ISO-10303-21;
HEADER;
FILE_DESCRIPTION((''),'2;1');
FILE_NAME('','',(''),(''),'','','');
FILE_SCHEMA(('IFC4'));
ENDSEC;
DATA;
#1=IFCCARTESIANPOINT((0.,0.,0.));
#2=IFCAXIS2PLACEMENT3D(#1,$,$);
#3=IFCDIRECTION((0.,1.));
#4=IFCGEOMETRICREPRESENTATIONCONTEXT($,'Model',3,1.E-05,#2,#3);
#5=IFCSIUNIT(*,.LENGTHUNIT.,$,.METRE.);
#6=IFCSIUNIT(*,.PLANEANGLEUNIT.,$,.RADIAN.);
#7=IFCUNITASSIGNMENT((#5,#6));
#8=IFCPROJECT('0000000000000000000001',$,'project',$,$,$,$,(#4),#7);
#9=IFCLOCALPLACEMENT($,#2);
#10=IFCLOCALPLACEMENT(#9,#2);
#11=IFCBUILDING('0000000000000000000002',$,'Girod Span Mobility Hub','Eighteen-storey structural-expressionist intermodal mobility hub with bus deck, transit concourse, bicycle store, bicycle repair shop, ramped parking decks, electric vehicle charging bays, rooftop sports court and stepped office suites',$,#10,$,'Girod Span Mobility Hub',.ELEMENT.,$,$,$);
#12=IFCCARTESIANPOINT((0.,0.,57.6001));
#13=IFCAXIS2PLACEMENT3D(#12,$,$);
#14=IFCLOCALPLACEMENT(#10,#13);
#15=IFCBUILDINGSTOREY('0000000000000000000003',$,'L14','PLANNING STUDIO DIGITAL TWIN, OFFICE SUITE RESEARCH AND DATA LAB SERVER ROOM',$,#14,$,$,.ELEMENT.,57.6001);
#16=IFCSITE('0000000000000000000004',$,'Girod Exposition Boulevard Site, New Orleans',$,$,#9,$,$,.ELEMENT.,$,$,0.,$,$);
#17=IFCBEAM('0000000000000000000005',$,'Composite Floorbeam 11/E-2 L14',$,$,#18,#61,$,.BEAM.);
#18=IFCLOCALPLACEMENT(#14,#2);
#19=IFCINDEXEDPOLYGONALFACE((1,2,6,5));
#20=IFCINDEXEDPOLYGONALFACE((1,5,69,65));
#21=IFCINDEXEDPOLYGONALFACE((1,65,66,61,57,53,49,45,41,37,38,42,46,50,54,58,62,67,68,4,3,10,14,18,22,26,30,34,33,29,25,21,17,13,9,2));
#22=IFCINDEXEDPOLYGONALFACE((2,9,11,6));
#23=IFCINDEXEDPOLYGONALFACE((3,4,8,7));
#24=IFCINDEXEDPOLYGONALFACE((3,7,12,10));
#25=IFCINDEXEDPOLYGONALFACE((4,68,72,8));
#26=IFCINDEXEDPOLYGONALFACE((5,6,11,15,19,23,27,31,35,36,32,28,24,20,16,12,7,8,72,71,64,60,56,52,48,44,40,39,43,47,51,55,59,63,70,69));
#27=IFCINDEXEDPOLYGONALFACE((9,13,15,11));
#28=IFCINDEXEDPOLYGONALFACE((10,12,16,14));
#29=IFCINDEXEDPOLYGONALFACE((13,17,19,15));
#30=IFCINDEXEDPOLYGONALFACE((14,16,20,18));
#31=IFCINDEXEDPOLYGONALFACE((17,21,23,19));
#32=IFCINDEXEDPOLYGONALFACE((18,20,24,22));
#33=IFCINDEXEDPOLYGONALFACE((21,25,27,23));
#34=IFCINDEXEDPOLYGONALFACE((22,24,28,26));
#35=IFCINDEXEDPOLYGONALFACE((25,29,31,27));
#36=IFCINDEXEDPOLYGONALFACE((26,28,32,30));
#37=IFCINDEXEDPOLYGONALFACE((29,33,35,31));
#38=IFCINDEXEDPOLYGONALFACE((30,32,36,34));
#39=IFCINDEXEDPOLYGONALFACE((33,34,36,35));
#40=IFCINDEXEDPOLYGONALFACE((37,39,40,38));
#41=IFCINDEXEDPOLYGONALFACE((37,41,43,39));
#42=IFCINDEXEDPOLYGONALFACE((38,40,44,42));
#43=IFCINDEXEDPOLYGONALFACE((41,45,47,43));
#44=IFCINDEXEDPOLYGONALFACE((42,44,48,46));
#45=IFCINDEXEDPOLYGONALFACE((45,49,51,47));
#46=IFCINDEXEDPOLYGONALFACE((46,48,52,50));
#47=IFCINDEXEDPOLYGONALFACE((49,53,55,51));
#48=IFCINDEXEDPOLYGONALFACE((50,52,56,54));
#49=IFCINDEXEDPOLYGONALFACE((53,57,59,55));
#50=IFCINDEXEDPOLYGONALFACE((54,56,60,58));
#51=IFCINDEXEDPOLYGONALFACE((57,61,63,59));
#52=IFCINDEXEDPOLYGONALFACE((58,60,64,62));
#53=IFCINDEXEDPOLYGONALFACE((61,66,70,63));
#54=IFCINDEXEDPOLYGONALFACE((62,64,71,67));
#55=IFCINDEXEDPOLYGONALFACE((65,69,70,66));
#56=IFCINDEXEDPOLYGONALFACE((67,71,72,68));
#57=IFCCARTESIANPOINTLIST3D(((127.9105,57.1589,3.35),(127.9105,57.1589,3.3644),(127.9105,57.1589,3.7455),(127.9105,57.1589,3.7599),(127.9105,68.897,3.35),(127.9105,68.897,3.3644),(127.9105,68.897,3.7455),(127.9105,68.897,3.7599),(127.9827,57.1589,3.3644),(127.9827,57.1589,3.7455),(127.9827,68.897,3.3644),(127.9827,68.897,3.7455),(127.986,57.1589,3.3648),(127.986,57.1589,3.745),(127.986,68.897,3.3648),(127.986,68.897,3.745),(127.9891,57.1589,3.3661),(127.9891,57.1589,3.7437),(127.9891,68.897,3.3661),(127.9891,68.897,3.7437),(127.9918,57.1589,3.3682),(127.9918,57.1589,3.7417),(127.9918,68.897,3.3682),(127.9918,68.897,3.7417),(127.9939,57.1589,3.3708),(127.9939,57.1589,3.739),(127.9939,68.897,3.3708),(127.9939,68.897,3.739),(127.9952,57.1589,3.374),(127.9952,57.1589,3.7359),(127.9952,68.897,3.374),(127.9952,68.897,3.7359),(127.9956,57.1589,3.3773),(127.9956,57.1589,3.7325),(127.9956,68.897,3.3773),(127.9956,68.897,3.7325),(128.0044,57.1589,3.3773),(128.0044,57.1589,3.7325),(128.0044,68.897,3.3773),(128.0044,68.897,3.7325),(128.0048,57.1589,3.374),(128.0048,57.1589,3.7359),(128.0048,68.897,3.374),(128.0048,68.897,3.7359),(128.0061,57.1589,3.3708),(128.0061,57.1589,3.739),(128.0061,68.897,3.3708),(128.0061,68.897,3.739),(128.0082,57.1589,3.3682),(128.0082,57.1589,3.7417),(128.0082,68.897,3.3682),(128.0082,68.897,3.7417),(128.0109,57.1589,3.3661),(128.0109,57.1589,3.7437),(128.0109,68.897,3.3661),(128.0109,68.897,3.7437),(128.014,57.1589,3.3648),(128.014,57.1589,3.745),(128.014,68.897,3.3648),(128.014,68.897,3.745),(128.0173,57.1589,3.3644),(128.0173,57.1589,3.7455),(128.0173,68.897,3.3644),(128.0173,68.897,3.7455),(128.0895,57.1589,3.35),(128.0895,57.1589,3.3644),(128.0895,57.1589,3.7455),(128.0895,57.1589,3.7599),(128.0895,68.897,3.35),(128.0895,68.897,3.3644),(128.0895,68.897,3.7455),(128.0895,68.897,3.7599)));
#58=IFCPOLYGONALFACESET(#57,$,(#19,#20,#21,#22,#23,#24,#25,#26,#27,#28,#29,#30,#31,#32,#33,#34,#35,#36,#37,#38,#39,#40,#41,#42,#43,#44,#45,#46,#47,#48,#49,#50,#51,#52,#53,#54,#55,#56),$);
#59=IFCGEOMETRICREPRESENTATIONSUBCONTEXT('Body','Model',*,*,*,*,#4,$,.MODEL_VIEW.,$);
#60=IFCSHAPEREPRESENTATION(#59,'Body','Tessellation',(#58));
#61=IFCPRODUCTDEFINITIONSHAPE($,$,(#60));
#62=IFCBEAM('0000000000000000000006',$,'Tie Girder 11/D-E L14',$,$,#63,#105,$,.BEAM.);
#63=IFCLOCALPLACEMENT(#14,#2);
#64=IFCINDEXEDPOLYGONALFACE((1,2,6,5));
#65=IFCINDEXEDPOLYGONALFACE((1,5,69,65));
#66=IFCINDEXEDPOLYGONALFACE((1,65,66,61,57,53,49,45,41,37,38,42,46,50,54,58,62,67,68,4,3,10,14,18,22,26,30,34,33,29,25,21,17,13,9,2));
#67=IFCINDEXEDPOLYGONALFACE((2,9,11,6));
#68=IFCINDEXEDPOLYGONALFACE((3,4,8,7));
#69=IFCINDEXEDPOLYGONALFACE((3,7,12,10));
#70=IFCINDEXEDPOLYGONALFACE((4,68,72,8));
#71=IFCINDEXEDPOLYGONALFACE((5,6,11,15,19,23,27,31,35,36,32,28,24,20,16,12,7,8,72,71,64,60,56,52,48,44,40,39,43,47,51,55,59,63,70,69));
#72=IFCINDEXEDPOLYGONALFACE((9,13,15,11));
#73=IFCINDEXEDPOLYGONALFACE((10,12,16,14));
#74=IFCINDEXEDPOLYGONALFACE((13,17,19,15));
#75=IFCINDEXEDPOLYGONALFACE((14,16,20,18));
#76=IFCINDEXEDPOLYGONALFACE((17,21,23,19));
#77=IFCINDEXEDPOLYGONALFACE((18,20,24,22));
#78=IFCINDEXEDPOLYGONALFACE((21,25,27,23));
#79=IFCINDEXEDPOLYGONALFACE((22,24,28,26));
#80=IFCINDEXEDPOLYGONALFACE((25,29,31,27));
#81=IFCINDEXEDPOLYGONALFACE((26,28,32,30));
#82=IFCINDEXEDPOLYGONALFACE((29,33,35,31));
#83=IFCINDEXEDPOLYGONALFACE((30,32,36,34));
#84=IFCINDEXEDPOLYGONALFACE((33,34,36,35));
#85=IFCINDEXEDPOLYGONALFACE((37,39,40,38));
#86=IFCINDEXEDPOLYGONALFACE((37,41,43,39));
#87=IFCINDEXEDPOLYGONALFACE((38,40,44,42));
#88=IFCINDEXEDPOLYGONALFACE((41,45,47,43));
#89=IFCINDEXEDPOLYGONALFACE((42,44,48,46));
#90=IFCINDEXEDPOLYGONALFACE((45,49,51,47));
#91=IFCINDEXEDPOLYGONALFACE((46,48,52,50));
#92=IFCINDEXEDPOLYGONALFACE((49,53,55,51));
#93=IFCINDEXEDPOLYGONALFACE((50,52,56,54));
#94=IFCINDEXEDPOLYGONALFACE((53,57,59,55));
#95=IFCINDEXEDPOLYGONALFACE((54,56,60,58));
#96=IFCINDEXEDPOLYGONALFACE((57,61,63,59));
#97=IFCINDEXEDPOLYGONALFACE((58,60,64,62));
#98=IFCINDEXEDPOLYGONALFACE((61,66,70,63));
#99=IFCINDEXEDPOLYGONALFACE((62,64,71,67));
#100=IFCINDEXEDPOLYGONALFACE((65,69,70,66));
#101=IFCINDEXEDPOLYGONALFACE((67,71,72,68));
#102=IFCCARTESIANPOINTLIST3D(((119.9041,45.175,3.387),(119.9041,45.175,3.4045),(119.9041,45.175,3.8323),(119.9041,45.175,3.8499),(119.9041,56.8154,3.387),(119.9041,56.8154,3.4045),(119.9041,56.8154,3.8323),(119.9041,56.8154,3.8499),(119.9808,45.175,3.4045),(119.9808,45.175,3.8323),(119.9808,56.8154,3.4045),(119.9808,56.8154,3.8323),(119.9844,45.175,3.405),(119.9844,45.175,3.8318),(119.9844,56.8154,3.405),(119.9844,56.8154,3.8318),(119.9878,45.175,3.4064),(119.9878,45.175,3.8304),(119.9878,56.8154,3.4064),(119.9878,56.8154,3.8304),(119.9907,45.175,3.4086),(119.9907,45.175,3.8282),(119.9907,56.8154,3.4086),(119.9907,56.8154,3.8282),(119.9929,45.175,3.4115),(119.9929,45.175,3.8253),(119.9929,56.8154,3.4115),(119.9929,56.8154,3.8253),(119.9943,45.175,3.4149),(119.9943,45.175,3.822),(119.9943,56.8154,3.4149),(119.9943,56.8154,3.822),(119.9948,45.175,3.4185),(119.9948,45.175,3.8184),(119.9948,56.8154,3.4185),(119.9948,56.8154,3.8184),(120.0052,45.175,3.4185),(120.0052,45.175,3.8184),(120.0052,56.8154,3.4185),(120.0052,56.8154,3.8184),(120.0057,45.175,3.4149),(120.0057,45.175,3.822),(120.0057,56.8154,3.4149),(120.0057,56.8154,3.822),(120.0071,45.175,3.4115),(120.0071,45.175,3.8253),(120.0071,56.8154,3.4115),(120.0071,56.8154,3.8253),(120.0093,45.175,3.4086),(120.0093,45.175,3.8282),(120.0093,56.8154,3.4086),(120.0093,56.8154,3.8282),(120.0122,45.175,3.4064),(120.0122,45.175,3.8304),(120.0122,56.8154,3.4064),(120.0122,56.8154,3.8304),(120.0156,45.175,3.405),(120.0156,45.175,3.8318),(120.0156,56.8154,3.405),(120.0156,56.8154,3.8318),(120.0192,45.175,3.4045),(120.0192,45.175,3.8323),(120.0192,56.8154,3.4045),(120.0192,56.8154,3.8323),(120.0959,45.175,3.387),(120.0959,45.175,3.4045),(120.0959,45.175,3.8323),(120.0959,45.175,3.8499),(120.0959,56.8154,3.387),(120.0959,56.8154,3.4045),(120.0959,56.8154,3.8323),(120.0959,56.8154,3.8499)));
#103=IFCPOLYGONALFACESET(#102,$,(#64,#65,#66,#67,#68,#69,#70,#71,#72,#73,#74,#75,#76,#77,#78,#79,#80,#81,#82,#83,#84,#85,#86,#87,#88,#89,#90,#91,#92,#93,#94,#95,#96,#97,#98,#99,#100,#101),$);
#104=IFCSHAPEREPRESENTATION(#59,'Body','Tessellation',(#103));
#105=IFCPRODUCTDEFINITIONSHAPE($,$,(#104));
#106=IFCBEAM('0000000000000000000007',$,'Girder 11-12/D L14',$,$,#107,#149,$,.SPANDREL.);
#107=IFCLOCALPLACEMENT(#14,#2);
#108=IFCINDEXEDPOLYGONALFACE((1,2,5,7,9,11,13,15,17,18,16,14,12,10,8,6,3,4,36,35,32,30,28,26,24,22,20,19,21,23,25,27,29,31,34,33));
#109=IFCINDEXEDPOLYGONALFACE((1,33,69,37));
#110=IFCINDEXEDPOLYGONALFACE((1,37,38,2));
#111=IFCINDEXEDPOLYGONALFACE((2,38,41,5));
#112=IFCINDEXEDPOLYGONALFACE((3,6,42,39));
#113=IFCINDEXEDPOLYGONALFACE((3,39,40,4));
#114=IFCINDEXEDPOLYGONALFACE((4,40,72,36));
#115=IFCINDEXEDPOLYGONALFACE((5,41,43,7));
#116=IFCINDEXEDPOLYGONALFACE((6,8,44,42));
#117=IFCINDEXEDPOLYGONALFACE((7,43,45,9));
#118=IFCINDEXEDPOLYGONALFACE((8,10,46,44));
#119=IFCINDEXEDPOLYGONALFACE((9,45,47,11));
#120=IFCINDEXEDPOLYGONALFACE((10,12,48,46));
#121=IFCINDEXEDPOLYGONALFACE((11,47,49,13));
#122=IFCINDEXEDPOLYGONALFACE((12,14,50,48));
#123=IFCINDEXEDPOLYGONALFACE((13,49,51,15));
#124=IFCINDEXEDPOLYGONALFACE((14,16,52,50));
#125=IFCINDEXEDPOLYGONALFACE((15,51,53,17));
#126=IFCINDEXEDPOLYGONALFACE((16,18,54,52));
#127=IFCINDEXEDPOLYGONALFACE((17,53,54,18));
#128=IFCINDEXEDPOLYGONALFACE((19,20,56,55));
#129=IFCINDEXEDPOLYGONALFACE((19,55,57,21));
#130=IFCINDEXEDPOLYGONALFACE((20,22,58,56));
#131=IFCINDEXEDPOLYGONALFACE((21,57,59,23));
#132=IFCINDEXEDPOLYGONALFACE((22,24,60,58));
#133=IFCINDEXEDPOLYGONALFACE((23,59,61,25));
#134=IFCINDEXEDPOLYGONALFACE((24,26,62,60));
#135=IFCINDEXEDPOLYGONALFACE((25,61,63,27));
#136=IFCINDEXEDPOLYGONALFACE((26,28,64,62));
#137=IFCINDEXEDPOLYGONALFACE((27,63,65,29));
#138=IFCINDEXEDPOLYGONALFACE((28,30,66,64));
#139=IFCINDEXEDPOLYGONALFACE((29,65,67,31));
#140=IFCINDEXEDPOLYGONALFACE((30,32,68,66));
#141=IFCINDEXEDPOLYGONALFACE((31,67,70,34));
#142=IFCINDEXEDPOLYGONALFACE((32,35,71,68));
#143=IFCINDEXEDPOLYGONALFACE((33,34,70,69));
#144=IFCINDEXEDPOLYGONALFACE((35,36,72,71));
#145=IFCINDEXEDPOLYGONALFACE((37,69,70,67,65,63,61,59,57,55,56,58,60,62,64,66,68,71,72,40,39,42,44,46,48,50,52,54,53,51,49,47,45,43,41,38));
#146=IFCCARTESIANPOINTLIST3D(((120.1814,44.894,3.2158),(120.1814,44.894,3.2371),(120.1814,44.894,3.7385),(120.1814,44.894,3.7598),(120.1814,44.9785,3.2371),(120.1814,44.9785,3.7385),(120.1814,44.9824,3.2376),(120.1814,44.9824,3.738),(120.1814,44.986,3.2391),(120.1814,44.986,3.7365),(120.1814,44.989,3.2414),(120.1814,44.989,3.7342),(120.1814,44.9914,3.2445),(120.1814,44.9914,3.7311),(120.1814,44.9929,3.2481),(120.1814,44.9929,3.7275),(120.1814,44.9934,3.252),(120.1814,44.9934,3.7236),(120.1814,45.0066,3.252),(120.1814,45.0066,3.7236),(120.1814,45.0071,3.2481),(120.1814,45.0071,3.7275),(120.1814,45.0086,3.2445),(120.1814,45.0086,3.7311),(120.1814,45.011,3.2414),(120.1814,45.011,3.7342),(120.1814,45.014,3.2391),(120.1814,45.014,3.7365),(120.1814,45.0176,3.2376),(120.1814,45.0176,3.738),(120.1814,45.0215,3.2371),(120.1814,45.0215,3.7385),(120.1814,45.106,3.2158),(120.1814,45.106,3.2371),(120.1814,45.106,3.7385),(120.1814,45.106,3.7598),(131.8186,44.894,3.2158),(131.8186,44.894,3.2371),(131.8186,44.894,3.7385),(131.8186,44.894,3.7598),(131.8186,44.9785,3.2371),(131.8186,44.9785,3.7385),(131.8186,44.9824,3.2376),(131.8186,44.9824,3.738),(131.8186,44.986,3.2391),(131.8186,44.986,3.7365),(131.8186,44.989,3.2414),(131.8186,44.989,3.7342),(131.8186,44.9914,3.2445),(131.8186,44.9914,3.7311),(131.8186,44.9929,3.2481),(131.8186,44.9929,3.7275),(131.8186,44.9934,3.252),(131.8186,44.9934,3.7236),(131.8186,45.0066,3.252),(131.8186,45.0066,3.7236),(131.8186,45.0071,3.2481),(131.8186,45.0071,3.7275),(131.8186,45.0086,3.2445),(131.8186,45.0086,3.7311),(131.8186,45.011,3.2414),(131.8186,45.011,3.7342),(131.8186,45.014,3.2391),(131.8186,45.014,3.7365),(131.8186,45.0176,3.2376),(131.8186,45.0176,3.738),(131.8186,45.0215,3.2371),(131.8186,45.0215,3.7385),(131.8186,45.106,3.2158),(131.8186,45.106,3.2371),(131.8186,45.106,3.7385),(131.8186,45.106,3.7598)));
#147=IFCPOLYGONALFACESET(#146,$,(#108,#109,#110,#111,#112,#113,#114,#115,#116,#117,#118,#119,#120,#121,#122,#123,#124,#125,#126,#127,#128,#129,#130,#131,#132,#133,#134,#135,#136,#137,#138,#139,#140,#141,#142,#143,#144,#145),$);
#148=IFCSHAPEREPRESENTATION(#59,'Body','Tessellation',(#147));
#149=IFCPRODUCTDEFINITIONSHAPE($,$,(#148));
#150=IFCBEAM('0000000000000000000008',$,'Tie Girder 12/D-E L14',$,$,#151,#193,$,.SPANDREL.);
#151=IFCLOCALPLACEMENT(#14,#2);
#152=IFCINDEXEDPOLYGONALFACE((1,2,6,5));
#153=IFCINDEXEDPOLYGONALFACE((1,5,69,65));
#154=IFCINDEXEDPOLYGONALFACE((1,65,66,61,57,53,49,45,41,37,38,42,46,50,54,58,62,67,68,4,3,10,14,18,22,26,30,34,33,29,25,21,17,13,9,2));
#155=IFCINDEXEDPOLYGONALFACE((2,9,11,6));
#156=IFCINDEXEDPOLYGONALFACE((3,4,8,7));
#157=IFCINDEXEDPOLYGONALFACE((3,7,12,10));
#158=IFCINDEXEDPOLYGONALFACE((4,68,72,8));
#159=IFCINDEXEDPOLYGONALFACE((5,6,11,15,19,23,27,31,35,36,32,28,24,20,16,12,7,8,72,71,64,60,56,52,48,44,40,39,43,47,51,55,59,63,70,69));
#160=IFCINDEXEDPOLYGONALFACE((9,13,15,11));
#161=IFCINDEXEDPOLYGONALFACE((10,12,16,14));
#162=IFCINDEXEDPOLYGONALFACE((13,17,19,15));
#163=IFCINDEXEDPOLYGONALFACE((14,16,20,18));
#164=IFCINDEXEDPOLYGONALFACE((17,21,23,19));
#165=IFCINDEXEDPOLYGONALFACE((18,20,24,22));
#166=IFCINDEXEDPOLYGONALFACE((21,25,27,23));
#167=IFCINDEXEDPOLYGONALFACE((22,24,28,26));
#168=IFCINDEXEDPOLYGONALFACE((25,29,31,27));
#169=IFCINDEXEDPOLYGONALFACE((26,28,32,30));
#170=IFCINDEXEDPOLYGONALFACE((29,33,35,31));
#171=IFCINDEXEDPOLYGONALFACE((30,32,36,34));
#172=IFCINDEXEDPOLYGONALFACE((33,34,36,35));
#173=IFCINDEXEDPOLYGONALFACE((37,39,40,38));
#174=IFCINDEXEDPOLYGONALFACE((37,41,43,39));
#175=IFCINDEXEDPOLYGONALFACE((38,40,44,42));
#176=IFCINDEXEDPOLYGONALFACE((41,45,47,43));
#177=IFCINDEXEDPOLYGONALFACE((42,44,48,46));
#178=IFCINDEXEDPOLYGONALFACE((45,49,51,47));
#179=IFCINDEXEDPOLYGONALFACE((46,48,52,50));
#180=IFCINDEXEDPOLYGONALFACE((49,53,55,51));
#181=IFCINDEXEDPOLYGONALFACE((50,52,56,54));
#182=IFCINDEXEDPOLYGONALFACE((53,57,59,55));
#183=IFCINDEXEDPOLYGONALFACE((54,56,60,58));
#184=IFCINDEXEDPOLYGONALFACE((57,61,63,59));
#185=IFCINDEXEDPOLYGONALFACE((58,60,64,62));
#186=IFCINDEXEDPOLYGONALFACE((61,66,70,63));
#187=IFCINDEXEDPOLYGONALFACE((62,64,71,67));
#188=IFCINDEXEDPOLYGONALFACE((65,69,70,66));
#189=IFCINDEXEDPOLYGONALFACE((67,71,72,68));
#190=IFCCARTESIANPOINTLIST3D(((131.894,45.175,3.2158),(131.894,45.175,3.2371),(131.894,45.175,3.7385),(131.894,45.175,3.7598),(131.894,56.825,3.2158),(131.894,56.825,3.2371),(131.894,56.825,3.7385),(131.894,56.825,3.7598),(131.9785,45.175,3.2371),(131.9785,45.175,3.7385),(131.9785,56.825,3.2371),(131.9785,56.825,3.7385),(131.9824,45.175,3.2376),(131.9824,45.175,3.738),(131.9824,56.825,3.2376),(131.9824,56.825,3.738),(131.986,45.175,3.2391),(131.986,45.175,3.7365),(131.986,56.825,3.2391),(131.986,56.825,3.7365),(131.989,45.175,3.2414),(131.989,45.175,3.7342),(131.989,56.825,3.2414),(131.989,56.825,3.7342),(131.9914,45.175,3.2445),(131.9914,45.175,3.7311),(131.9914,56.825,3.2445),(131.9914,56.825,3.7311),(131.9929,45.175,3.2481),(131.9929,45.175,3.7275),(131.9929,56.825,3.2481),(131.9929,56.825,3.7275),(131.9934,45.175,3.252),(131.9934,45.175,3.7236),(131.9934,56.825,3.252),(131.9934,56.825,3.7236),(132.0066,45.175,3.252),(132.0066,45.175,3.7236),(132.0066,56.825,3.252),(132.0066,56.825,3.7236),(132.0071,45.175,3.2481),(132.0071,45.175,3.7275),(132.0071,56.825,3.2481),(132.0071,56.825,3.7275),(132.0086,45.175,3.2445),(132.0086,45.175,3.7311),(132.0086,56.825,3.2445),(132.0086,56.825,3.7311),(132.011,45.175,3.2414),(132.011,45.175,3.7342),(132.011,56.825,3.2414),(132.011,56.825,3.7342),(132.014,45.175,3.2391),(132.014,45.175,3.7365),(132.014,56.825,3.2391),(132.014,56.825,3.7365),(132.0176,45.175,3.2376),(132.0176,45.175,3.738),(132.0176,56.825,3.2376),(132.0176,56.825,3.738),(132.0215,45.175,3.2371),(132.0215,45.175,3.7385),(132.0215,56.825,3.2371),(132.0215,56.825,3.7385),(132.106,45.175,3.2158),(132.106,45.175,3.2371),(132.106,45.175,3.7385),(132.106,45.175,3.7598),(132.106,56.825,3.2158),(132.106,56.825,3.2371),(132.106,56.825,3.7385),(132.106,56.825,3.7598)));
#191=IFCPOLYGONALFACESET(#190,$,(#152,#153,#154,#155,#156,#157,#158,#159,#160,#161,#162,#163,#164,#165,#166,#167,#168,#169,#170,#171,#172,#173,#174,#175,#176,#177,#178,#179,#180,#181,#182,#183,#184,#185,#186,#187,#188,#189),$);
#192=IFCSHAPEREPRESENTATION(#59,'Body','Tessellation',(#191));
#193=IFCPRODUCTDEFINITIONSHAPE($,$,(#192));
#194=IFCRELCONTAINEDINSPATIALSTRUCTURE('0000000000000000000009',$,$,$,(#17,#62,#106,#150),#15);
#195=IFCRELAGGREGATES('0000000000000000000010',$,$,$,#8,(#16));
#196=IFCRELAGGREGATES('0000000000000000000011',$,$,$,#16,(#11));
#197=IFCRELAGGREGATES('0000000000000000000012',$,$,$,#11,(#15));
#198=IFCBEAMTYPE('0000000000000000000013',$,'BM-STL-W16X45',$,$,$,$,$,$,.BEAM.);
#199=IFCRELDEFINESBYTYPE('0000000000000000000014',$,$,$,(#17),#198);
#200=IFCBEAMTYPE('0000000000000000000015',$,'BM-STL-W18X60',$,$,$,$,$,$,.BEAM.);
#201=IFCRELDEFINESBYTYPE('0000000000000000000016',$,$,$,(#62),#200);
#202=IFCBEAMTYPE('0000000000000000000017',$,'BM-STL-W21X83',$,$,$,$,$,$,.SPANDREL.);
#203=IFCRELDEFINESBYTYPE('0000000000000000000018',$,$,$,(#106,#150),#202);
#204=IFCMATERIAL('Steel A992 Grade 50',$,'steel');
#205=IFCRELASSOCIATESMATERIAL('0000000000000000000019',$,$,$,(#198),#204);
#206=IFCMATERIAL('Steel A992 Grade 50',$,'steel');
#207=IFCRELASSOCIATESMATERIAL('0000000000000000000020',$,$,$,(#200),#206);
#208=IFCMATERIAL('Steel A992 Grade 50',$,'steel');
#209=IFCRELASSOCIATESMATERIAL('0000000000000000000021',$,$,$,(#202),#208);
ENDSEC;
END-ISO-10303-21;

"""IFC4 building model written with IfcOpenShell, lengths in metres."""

from ifc_helpers import new_model, si_unit, direction, frame, origin, origin_2d, place, context, subcontext, project, spatial, i_section, extrude, material, material_profile, profile_set, type_object, element, save


model = new_model("IFC4")

# Units and contexts
model_context = context("Model", 3, precision=1e-05, world=origin(), true_north=direction((0.0, 1.0)))
body_context = subcontext(model_context, "Body", "Model", "MODEL_VIEW")
ifc_project = project(units=[si_unit("LENGTHUNIT", "METRE"), si_unit("PLANEANGLEUNIT", "RADIAN")], contexts=[model_context])

# Site, building, storey
site_placement = place(None, origin())
site = spatial("IfcSite", under=ifc_project, at=site_placement, Name="Girod Exposition Boulevard Site, New Orleans", CompositionType="ELEMENT", RefElevation=0.0)
building_placement = place(site_placement, origin())
building = spatial("IfcBuilding", under=site, at=building_placement, Name="Girod Span Mobility Hub", Description="Eighteen-storey structural-expressionist intermodal mobility hub with bus deck, transit concourse, bicycle store, bicycle repair shop, ramped parking decks, electric vehicle charging bays, rooftop sports court and stepped office suites", LongName="Girod Span Mobility Hub", CompositionType="ELEMENT")
storey_placement = place(building_placement, frame((0.0, 0.0, 57.6001)))
storey = spatial("IfcBuildingStorey", under=building, at=storey_placement, Name="L14", Description="PLANNING STUDIO DIGITAL TWIN, OFFICE SUITE RESEARCH AND DATA LAB SERVER ROOM", CompositionType="ELEMENT", Elevation=57.6001)

# Beams
ifc_material_1 = material(Name="Steel A992 Grade 50", Category="steel")
ifc_material_profile_1 = material_profile(ifc_material_1, i_section(OverallWidth=0.179, OverallDepth=0.4099, WebThickness=0.0088, FlangeThickness=0.0144, FilletRadius=0.0129, at=origin_2d()), Name="W16X45")
ifc_profile_set_1 = profile_set([ifc_material_profile_1], Name="Steel A992 Grade 50")
beam_type_1 = type_object("IfcBeamType", Name="BM-STL-W16X45", PredefinedType="BEAM", material=ifc_profile_set_1)
for number, where, z_axis, x_axis, name in (
    (1, (128.0, 57.1589, 3.5549), (0.0, 1.0, 0.0), (-1.0, 0.0, 0.0), "Composite Floorbeam 11/E-2 L14"),
):
    element("IfcBeam", number, at=place(storey_placement, frame(where, z_axis=z_axis, x_axis=x_axis)), inside=storey, type_object=beam_type_1, Name=name, PredefinedType="BEAM", context=body_context, shape_type="SweptSolid", body=[
        extrude(i_section(OverallWidth=0.179, OverallDepth=0.4099, WebThickness=0.0088, FlangeThickness=0.0144, FilletRadius=0.0129, at=origin_2d()), origin(), (0.0, 0.0, 1.0), 11.738),
    ])
ifc_material_2 = material(Name="Steel A992 Grade 50", Category="steel")
ifc_material_profile_2 = material_profile(ifc_material_2, i_section(OverallWidth=0.1919, OverallDepth=0.4629, WebThickness=0.0105, FlangeThickness=0.0176, FilletRadius=0.0139, at=origin_2d()), Name="W18X60")
ifc_profile_set_2 = profile_set([ifc_material_profile_2], Name="Steel A992 Grade 50")
beam_type_2 = type_object("IfcBeamType", Name="BM-STL-W18X60", PredefinedType="BEAM", material=ifc_profile_set_2)
beam_1_placement = place(storey_placement, frame((120.0, 45.175, 3.6184), z_axis=(0.0, 1.0, 0.0), x_axis=(-1.0, 0.0, 0.0)))
element("IfcBeam", 2, at=beam_1_placement, inside=storey, type_object=beam_type_2, Name="Tie Girder 11/D-E L14", PredefinedType="BEAM", context=body_context, shape_type="SweptSolid", body=[
    extrude(i_section(OverallWidth=0.1919, OverallDepth=0.4629, WebThickness=0.0105, FlangeThickness=0.0176, FilletRadius=0.0139, at=origin_2d()), origin(), (0.0, 0.0, 1.0), 11.6404),
])
ifc_material_3 = material(Name="Steel A992 Grade 50", Category="steel")
ifc_material_profile_3 = material_profile(ifc_material_3, i_section(OverallWidth=0.2119, OverallDepth=0.5439, WebThickness=0.0132, FlangeThickness=0.0212, FilletRadius=0.0149, at=origin_2d()), Name="W21X83")
ifc_profile_set_3 = profile_set([ifc_material_profile_3], Name="Steel A992 Grade 50")
beam_type_3 = type_object("IfcBeamType", Name="BM-STL-W21X83", PredefinedType="SPANDREL", material=ifc_profile_set_3)
beam_2_placement = place(storey_placement, frame((120.1814, 45.0, 3.4878), z_axis=(1.0, 0.0, 0.0), x_axis=(0.0, 1.0, 0.0)))
element("IfcBeam", 3, at=beam_2_placement, inside=storey, type_object=beam_type_3, Name="Girder 11-12/D L14", PredefinedType="SPANDREL", context=body_context, shape_type="SweptSolid", body=[
    extrude(i_section(OverallWidth=0.2119, OverallDepth=0.5439, WebThickness=0.0132, FlangeThickness=0.0212, FilletRadius=0.0149, at=origin_2d()), origin(), (0.0, 0.0, 1.0), 11.6372),
])
beam_3_placement = place(storey_placement, frame((132.0, 45.175, 3.4878), z_axis=(0.0, 1.0, 0.0), x_axis=(-1.0, 0.0, 0.0)))
element("IfcBeam", 4, at=beam_3_placement, inside=storey, type_object=beam_type_3, Name="Tie Girder 12/D-E L14", PredefinedType="SPANDREL", context=body_context, shape_type="SweptSolid", body=[
    extrude(i_section(OverallWidth=0.2119, OverallDepth=0.5439, WebThickness=0.0132, FlangeThickness=0.0212, FilletRadius=0.0149, at=origin_2d()), origin(), (0.0, 0.0, 1.0), 11.6499),
])

save(model, "model.ifc")
